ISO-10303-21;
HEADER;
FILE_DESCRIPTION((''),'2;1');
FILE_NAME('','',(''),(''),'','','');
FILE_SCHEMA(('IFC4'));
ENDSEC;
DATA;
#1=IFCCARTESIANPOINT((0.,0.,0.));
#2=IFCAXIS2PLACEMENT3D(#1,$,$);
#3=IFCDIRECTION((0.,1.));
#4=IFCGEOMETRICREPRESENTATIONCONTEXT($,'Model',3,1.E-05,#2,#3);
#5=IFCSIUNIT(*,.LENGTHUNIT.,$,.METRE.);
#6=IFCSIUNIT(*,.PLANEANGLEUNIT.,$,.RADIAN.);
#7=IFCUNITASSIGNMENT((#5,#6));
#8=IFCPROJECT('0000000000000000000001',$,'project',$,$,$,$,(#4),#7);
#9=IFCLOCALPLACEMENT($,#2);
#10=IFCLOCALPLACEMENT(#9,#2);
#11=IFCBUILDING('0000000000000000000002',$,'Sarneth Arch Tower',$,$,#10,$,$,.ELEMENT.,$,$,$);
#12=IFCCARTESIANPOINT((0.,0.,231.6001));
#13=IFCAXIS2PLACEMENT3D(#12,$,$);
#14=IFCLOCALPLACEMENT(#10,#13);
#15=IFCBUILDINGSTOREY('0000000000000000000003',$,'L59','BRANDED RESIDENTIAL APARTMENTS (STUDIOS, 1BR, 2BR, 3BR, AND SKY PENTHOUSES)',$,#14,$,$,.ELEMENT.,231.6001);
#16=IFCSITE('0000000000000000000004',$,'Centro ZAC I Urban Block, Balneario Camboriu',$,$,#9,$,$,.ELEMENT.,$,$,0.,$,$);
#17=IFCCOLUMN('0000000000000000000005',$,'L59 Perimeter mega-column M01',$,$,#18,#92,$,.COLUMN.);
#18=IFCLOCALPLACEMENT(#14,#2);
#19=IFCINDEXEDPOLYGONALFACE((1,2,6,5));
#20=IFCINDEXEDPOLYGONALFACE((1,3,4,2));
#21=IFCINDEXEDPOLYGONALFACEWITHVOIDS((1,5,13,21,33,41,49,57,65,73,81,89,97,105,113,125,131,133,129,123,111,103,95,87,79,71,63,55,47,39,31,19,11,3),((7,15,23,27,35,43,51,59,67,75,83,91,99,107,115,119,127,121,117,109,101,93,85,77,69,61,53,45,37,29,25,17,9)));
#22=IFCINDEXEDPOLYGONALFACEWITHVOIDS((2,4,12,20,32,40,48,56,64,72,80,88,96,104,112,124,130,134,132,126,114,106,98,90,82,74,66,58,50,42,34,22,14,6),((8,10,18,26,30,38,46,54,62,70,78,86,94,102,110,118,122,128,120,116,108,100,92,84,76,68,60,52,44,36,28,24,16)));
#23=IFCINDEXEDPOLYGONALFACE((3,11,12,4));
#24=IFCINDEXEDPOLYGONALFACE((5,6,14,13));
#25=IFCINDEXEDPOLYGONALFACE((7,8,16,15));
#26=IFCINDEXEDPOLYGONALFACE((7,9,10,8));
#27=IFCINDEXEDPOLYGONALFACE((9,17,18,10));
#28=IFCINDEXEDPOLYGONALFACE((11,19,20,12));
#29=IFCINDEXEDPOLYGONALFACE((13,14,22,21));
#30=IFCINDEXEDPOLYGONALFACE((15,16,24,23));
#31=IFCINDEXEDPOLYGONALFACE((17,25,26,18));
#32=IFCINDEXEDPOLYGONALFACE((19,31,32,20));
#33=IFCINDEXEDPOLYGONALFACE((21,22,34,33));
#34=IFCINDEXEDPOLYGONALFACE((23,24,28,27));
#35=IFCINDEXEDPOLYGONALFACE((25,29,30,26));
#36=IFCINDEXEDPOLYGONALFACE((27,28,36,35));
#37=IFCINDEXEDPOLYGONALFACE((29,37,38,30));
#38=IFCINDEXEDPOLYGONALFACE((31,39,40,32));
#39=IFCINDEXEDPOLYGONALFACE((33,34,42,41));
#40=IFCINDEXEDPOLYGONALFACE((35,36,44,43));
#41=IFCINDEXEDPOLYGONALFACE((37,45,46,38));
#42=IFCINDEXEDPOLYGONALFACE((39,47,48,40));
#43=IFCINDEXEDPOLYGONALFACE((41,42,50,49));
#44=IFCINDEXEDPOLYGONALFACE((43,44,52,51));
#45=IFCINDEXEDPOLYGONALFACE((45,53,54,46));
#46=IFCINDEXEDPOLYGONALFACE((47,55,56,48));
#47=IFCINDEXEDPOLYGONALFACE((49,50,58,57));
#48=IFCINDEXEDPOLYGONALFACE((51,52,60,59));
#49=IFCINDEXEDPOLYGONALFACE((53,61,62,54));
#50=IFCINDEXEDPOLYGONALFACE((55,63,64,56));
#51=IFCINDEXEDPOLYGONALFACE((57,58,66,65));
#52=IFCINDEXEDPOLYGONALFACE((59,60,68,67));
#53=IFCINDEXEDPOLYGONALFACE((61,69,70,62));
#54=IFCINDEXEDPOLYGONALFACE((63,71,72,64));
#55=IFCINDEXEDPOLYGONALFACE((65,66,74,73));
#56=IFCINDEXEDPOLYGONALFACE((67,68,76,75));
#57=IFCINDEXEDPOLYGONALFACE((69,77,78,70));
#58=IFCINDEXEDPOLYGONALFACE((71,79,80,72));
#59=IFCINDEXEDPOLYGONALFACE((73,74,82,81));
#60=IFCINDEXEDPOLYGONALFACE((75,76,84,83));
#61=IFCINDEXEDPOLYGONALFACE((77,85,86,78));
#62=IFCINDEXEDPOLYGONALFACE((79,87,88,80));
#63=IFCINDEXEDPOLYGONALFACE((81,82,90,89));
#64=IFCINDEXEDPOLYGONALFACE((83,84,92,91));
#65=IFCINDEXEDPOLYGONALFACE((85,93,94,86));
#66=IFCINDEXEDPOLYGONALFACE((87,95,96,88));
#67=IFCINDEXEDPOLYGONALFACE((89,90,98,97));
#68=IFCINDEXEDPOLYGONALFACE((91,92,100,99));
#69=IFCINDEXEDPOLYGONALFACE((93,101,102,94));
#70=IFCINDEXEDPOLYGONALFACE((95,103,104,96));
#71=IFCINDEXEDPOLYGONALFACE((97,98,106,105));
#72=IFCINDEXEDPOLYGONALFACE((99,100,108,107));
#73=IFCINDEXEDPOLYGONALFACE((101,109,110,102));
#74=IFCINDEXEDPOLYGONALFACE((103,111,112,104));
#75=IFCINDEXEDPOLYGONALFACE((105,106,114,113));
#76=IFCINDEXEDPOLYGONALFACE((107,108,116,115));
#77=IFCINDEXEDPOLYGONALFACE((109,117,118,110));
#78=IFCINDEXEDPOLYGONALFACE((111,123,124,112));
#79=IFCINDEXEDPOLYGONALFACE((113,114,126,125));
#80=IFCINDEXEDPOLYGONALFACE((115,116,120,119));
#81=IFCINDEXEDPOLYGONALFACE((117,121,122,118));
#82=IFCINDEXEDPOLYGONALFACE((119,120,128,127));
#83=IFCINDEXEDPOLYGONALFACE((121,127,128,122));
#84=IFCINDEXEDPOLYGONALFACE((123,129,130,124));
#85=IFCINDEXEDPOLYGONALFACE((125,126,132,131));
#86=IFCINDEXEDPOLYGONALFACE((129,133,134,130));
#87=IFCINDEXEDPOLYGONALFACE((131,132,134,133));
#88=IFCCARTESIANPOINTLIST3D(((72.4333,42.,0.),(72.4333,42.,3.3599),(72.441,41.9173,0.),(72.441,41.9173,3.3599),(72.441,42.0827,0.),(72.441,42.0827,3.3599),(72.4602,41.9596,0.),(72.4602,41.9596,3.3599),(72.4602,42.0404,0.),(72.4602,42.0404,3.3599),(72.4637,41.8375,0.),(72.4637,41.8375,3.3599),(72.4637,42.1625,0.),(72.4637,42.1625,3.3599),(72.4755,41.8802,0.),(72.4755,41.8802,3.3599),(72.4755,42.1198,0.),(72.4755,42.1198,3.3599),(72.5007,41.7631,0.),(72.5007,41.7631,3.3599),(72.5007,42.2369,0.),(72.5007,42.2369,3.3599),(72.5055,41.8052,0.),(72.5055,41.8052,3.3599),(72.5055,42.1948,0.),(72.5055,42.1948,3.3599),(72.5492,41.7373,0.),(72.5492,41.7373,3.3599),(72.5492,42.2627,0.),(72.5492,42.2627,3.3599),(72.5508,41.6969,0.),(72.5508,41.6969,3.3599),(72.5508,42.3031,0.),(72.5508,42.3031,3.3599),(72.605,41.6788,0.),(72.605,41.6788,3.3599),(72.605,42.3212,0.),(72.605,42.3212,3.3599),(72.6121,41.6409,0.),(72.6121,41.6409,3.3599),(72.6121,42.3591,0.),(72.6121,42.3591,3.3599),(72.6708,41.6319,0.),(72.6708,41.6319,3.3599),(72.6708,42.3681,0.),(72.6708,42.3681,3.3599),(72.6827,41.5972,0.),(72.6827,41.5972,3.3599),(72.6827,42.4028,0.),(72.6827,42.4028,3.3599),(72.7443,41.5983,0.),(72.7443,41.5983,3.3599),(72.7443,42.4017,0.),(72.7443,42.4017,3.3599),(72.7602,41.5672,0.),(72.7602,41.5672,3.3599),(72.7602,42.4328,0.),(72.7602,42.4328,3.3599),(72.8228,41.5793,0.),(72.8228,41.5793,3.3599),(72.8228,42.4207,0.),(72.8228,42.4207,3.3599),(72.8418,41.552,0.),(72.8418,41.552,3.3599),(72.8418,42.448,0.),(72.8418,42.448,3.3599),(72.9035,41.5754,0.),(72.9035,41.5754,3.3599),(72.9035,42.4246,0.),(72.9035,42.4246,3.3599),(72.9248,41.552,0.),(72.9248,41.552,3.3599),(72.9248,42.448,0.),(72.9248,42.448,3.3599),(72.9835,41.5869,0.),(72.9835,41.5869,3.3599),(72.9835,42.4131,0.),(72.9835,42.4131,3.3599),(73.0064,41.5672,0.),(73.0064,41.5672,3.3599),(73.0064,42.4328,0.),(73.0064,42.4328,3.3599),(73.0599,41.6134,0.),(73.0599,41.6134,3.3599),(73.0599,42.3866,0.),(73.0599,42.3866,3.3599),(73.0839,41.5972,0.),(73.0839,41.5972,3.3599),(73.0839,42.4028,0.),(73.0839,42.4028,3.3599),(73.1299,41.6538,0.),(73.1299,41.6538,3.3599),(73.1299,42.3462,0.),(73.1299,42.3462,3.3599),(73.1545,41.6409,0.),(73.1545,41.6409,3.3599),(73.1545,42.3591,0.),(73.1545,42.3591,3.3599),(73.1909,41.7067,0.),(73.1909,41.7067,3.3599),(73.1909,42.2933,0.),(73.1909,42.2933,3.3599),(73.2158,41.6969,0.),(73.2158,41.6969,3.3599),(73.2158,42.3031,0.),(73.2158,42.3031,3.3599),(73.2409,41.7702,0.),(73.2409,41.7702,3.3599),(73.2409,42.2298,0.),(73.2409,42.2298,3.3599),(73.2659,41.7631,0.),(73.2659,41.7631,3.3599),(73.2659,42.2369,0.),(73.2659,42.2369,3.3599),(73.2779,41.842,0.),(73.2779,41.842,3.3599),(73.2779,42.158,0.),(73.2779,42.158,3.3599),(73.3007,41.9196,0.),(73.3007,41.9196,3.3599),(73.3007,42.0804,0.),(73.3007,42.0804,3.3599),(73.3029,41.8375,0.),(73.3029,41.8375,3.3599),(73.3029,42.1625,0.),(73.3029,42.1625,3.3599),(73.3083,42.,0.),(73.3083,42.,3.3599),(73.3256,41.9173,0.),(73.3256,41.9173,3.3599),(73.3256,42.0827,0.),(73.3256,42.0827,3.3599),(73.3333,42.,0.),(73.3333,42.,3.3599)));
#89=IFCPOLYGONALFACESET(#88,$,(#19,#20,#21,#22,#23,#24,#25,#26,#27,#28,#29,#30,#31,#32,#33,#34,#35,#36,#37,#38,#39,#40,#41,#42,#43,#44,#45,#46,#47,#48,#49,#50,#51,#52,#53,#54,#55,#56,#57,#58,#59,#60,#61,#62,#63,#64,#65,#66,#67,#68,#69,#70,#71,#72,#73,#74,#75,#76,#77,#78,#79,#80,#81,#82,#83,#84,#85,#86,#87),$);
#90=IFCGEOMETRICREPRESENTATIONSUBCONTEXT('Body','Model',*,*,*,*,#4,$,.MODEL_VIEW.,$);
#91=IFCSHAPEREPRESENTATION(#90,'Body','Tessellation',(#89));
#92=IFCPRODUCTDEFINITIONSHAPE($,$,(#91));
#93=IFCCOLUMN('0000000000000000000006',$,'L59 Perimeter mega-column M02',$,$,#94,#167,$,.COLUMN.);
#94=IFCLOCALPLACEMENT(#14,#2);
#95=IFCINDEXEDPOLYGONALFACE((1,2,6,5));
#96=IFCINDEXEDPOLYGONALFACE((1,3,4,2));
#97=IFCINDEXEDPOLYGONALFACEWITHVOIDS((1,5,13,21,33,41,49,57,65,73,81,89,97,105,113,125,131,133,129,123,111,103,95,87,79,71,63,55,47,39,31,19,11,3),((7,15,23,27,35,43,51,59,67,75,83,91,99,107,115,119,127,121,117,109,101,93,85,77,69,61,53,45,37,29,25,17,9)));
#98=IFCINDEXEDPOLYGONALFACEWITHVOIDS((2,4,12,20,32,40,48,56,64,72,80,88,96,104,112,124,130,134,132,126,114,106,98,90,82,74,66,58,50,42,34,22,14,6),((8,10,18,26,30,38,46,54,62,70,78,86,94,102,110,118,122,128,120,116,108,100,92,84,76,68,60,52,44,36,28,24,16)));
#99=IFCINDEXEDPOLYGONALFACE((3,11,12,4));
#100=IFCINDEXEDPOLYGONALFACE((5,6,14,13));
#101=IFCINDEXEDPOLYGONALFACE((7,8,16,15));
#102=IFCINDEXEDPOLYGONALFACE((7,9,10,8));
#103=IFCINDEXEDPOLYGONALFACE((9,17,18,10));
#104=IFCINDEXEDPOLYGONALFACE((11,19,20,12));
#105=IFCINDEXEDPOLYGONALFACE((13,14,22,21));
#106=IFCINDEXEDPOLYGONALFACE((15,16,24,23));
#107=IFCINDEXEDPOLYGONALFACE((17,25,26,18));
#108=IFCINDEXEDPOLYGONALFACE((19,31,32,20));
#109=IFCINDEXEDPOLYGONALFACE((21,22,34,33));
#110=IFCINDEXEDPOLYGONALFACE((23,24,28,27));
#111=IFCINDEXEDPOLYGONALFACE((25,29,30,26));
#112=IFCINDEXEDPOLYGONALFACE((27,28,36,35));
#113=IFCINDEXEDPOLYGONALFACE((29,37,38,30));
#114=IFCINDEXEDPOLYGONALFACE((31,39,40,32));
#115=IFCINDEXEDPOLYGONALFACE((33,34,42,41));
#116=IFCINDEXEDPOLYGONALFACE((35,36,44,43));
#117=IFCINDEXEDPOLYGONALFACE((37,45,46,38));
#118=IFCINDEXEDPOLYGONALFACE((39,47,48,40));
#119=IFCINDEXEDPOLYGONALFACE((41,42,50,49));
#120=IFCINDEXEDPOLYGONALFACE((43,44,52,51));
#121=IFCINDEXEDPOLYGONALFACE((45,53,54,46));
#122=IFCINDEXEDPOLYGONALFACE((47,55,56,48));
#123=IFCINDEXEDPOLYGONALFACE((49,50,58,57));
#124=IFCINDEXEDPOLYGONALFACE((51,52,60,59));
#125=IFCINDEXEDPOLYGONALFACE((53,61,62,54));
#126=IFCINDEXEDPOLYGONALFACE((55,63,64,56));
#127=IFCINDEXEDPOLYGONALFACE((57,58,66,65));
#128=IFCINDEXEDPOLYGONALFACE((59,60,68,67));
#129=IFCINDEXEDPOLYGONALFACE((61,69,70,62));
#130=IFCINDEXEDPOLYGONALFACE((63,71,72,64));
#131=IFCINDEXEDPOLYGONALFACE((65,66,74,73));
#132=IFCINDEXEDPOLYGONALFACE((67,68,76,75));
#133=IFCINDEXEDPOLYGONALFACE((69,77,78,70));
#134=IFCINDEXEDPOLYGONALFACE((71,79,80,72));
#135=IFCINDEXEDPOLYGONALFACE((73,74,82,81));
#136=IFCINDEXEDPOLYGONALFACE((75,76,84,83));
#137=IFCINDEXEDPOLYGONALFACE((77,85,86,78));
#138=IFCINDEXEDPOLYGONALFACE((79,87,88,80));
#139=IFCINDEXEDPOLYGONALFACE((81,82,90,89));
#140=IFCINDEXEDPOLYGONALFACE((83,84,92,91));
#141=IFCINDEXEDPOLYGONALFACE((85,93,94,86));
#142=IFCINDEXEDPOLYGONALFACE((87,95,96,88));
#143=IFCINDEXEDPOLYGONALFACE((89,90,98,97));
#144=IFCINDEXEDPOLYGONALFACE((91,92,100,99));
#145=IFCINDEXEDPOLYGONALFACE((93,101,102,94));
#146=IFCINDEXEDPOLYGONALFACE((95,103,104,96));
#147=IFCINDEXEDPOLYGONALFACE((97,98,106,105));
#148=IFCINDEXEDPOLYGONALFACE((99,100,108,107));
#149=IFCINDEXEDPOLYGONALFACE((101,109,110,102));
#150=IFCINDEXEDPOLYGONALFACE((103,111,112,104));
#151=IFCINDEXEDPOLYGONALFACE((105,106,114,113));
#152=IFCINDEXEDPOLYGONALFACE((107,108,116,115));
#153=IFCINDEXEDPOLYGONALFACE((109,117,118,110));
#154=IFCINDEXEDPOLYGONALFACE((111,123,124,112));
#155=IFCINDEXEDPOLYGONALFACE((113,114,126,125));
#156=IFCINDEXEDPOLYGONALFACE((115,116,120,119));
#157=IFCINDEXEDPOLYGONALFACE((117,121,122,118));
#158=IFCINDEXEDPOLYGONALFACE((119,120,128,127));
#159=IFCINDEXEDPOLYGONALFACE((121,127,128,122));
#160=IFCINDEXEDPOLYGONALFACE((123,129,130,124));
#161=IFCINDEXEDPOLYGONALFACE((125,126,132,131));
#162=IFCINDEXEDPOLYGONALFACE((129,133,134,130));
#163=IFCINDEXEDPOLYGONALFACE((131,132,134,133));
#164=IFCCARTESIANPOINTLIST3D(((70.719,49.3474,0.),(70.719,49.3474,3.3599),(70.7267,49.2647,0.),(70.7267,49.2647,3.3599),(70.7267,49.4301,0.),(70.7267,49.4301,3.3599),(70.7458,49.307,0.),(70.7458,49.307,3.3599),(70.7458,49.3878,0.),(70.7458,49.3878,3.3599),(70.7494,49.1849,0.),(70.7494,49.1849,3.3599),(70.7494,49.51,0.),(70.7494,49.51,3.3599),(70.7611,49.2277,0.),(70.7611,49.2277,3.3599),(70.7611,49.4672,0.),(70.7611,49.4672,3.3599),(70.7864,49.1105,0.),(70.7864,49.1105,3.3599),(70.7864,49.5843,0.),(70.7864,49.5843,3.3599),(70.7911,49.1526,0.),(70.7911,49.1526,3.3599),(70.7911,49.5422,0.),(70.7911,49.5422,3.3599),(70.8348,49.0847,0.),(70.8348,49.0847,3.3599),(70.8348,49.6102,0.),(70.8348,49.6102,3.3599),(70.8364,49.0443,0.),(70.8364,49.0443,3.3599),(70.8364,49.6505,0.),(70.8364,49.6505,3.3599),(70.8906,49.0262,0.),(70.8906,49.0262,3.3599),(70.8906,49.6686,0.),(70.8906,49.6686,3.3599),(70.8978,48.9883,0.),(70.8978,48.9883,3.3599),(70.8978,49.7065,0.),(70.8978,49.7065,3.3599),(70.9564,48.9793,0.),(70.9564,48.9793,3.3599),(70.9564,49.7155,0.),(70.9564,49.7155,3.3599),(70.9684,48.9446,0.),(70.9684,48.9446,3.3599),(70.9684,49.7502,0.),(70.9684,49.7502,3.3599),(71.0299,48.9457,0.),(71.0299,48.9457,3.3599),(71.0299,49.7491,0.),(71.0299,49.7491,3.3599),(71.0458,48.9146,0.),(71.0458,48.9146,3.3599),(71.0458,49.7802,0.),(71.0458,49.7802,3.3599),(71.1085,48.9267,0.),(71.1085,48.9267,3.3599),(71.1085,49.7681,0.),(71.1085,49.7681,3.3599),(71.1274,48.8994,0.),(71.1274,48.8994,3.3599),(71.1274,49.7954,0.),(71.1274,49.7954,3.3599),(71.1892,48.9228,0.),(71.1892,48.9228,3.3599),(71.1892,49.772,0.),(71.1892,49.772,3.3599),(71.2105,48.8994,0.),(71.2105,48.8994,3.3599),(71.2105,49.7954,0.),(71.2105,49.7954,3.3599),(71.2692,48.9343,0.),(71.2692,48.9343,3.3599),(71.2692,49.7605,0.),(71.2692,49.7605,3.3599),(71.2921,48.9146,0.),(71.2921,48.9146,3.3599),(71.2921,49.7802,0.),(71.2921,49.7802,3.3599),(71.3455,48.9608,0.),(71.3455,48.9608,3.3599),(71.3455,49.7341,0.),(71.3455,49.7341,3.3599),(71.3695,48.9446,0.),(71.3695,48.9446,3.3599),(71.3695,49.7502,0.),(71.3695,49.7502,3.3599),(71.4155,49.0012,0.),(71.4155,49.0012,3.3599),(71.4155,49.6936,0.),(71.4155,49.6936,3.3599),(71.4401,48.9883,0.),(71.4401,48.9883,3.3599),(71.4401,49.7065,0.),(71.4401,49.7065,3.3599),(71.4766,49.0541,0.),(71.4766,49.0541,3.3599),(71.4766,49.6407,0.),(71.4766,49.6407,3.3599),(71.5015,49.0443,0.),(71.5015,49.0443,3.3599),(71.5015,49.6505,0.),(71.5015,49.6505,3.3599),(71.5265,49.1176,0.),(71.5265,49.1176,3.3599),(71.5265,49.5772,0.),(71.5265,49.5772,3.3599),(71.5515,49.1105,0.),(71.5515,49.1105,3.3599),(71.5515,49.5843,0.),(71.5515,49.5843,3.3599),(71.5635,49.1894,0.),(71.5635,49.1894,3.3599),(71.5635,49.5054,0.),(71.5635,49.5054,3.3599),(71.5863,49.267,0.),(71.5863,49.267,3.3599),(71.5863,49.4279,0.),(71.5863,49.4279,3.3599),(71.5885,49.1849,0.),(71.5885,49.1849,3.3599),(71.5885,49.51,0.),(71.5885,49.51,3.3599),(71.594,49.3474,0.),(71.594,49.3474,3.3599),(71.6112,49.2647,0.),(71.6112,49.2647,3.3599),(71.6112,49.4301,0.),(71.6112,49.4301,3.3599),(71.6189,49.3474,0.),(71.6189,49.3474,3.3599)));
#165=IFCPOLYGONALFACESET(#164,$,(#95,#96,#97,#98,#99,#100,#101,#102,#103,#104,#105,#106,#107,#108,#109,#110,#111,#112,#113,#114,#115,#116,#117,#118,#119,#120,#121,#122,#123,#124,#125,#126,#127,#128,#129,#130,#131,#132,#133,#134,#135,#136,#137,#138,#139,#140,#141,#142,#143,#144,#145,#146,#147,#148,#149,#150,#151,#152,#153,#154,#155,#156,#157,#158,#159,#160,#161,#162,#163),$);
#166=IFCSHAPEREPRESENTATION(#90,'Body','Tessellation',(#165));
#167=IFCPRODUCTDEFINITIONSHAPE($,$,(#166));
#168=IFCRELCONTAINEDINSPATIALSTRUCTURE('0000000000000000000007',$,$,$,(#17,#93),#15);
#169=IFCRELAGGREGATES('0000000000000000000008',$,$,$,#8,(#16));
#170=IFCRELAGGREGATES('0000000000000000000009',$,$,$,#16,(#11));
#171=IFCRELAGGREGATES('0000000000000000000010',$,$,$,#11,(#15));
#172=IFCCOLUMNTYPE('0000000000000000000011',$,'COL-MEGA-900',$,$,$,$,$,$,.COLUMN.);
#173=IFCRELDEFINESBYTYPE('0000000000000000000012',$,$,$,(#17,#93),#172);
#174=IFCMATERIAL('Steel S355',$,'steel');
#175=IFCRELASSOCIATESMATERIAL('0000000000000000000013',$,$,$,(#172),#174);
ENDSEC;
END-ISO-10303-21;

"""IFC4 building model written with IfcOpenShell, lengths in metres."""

from ifc_helpers import new_model, si_unit, direction, frame, origin, origin_2d, place, context, subcontext, project, spatial, hollow_circle, extrude, material, material_profile, profile_set, type_object, element, save


model = new_model("IFC4")

# Units and contexts
model_context = context("Model", 3, precision=1e-05, world=origin(), true_north=direction((0.0, 1.0)))
body_context = subcontext(model_context, "Body", "Model", "MODEL_VIEW")
ifc_project = project(units=[si_unit("LENGTHUNIT", "METRE"), si_unit("PLANEANGLEUNIT", "RADIAN")], contexts=[model_context])

# Site, building, storey
site_placement = place(None, origin())
site = spatial("IfcSite", under=ifc_project, at=site_placement, Name="Centro ZAC I Urban Block, Balneario Camboriu", CompositionType="ELEMENT", RefElevation=0.0)
building_placement = place(site_placement, origin())
building = spatial("IfcBuilding", under=site, at=building_placement, Name="Sarneth Arch Tower", CompositionType="ELEMENT")
storey_placement = place(building_placement, frame((0.0, 0.0, 231.6001)))
storey = spatial("IfcBuildingStorey", under=building, at=storey_placement, Name="L59", Description="BRANDED RESIDENTIAL APARTMENTS (STUDIOS, 1BR, 2BR, 3BR, AND SKY PENTHOUSES)", CompositionType="ELEMENT", Elevation=231.6001)

# Columns
ifc_material_1 = material(Name="Steel S355", Category="steel")
ifc_material_profile_1 = material_profile(ifc_material_1, hollow_circle(Radius=0.45, WallThickness=0.0249, at=origin_2d()), Name="CHS900x25")
ifc_profile_set_1 = profile_set([ifc_material_profile_1], Name="Steel S355")
column_type = type_object("IfcColumnType", Name="COL-MEGA-900", PredefinedType="COLUMN", material=ifc_profile_set_1)
for number, where, z_axis, x_axis, name in (
    (1, (72.8833, 42.0, 0.0), (0.0, 0.0, 1.0), (1.0, 0.0, 0.0), "L59 Perimeter mega-column M01"),
    (2, (71.1689, 49.3474, 0.0), (0.0, 0.0, 1.0), (1.0, 0.0, 0.0), "L59 Perimeter mega-column M02"),
):
    element("IfcColumn", number, at=place(storey_placement, frame(where, z_axis=z_axis, x_axis=x_axis)), inside=storey, type_object=column_type, Name=name, PredefinedType="COLUMN", context=body_context, shape_type="SweptSolid", body=[
        extrude(hollow_circle(Radius=0.45, WallThickness=0.0249, at=origin_2d()), origin(), (0.0, 0.0, 1.0), 3.3599),
    ])

save(model, "model.ifc")
